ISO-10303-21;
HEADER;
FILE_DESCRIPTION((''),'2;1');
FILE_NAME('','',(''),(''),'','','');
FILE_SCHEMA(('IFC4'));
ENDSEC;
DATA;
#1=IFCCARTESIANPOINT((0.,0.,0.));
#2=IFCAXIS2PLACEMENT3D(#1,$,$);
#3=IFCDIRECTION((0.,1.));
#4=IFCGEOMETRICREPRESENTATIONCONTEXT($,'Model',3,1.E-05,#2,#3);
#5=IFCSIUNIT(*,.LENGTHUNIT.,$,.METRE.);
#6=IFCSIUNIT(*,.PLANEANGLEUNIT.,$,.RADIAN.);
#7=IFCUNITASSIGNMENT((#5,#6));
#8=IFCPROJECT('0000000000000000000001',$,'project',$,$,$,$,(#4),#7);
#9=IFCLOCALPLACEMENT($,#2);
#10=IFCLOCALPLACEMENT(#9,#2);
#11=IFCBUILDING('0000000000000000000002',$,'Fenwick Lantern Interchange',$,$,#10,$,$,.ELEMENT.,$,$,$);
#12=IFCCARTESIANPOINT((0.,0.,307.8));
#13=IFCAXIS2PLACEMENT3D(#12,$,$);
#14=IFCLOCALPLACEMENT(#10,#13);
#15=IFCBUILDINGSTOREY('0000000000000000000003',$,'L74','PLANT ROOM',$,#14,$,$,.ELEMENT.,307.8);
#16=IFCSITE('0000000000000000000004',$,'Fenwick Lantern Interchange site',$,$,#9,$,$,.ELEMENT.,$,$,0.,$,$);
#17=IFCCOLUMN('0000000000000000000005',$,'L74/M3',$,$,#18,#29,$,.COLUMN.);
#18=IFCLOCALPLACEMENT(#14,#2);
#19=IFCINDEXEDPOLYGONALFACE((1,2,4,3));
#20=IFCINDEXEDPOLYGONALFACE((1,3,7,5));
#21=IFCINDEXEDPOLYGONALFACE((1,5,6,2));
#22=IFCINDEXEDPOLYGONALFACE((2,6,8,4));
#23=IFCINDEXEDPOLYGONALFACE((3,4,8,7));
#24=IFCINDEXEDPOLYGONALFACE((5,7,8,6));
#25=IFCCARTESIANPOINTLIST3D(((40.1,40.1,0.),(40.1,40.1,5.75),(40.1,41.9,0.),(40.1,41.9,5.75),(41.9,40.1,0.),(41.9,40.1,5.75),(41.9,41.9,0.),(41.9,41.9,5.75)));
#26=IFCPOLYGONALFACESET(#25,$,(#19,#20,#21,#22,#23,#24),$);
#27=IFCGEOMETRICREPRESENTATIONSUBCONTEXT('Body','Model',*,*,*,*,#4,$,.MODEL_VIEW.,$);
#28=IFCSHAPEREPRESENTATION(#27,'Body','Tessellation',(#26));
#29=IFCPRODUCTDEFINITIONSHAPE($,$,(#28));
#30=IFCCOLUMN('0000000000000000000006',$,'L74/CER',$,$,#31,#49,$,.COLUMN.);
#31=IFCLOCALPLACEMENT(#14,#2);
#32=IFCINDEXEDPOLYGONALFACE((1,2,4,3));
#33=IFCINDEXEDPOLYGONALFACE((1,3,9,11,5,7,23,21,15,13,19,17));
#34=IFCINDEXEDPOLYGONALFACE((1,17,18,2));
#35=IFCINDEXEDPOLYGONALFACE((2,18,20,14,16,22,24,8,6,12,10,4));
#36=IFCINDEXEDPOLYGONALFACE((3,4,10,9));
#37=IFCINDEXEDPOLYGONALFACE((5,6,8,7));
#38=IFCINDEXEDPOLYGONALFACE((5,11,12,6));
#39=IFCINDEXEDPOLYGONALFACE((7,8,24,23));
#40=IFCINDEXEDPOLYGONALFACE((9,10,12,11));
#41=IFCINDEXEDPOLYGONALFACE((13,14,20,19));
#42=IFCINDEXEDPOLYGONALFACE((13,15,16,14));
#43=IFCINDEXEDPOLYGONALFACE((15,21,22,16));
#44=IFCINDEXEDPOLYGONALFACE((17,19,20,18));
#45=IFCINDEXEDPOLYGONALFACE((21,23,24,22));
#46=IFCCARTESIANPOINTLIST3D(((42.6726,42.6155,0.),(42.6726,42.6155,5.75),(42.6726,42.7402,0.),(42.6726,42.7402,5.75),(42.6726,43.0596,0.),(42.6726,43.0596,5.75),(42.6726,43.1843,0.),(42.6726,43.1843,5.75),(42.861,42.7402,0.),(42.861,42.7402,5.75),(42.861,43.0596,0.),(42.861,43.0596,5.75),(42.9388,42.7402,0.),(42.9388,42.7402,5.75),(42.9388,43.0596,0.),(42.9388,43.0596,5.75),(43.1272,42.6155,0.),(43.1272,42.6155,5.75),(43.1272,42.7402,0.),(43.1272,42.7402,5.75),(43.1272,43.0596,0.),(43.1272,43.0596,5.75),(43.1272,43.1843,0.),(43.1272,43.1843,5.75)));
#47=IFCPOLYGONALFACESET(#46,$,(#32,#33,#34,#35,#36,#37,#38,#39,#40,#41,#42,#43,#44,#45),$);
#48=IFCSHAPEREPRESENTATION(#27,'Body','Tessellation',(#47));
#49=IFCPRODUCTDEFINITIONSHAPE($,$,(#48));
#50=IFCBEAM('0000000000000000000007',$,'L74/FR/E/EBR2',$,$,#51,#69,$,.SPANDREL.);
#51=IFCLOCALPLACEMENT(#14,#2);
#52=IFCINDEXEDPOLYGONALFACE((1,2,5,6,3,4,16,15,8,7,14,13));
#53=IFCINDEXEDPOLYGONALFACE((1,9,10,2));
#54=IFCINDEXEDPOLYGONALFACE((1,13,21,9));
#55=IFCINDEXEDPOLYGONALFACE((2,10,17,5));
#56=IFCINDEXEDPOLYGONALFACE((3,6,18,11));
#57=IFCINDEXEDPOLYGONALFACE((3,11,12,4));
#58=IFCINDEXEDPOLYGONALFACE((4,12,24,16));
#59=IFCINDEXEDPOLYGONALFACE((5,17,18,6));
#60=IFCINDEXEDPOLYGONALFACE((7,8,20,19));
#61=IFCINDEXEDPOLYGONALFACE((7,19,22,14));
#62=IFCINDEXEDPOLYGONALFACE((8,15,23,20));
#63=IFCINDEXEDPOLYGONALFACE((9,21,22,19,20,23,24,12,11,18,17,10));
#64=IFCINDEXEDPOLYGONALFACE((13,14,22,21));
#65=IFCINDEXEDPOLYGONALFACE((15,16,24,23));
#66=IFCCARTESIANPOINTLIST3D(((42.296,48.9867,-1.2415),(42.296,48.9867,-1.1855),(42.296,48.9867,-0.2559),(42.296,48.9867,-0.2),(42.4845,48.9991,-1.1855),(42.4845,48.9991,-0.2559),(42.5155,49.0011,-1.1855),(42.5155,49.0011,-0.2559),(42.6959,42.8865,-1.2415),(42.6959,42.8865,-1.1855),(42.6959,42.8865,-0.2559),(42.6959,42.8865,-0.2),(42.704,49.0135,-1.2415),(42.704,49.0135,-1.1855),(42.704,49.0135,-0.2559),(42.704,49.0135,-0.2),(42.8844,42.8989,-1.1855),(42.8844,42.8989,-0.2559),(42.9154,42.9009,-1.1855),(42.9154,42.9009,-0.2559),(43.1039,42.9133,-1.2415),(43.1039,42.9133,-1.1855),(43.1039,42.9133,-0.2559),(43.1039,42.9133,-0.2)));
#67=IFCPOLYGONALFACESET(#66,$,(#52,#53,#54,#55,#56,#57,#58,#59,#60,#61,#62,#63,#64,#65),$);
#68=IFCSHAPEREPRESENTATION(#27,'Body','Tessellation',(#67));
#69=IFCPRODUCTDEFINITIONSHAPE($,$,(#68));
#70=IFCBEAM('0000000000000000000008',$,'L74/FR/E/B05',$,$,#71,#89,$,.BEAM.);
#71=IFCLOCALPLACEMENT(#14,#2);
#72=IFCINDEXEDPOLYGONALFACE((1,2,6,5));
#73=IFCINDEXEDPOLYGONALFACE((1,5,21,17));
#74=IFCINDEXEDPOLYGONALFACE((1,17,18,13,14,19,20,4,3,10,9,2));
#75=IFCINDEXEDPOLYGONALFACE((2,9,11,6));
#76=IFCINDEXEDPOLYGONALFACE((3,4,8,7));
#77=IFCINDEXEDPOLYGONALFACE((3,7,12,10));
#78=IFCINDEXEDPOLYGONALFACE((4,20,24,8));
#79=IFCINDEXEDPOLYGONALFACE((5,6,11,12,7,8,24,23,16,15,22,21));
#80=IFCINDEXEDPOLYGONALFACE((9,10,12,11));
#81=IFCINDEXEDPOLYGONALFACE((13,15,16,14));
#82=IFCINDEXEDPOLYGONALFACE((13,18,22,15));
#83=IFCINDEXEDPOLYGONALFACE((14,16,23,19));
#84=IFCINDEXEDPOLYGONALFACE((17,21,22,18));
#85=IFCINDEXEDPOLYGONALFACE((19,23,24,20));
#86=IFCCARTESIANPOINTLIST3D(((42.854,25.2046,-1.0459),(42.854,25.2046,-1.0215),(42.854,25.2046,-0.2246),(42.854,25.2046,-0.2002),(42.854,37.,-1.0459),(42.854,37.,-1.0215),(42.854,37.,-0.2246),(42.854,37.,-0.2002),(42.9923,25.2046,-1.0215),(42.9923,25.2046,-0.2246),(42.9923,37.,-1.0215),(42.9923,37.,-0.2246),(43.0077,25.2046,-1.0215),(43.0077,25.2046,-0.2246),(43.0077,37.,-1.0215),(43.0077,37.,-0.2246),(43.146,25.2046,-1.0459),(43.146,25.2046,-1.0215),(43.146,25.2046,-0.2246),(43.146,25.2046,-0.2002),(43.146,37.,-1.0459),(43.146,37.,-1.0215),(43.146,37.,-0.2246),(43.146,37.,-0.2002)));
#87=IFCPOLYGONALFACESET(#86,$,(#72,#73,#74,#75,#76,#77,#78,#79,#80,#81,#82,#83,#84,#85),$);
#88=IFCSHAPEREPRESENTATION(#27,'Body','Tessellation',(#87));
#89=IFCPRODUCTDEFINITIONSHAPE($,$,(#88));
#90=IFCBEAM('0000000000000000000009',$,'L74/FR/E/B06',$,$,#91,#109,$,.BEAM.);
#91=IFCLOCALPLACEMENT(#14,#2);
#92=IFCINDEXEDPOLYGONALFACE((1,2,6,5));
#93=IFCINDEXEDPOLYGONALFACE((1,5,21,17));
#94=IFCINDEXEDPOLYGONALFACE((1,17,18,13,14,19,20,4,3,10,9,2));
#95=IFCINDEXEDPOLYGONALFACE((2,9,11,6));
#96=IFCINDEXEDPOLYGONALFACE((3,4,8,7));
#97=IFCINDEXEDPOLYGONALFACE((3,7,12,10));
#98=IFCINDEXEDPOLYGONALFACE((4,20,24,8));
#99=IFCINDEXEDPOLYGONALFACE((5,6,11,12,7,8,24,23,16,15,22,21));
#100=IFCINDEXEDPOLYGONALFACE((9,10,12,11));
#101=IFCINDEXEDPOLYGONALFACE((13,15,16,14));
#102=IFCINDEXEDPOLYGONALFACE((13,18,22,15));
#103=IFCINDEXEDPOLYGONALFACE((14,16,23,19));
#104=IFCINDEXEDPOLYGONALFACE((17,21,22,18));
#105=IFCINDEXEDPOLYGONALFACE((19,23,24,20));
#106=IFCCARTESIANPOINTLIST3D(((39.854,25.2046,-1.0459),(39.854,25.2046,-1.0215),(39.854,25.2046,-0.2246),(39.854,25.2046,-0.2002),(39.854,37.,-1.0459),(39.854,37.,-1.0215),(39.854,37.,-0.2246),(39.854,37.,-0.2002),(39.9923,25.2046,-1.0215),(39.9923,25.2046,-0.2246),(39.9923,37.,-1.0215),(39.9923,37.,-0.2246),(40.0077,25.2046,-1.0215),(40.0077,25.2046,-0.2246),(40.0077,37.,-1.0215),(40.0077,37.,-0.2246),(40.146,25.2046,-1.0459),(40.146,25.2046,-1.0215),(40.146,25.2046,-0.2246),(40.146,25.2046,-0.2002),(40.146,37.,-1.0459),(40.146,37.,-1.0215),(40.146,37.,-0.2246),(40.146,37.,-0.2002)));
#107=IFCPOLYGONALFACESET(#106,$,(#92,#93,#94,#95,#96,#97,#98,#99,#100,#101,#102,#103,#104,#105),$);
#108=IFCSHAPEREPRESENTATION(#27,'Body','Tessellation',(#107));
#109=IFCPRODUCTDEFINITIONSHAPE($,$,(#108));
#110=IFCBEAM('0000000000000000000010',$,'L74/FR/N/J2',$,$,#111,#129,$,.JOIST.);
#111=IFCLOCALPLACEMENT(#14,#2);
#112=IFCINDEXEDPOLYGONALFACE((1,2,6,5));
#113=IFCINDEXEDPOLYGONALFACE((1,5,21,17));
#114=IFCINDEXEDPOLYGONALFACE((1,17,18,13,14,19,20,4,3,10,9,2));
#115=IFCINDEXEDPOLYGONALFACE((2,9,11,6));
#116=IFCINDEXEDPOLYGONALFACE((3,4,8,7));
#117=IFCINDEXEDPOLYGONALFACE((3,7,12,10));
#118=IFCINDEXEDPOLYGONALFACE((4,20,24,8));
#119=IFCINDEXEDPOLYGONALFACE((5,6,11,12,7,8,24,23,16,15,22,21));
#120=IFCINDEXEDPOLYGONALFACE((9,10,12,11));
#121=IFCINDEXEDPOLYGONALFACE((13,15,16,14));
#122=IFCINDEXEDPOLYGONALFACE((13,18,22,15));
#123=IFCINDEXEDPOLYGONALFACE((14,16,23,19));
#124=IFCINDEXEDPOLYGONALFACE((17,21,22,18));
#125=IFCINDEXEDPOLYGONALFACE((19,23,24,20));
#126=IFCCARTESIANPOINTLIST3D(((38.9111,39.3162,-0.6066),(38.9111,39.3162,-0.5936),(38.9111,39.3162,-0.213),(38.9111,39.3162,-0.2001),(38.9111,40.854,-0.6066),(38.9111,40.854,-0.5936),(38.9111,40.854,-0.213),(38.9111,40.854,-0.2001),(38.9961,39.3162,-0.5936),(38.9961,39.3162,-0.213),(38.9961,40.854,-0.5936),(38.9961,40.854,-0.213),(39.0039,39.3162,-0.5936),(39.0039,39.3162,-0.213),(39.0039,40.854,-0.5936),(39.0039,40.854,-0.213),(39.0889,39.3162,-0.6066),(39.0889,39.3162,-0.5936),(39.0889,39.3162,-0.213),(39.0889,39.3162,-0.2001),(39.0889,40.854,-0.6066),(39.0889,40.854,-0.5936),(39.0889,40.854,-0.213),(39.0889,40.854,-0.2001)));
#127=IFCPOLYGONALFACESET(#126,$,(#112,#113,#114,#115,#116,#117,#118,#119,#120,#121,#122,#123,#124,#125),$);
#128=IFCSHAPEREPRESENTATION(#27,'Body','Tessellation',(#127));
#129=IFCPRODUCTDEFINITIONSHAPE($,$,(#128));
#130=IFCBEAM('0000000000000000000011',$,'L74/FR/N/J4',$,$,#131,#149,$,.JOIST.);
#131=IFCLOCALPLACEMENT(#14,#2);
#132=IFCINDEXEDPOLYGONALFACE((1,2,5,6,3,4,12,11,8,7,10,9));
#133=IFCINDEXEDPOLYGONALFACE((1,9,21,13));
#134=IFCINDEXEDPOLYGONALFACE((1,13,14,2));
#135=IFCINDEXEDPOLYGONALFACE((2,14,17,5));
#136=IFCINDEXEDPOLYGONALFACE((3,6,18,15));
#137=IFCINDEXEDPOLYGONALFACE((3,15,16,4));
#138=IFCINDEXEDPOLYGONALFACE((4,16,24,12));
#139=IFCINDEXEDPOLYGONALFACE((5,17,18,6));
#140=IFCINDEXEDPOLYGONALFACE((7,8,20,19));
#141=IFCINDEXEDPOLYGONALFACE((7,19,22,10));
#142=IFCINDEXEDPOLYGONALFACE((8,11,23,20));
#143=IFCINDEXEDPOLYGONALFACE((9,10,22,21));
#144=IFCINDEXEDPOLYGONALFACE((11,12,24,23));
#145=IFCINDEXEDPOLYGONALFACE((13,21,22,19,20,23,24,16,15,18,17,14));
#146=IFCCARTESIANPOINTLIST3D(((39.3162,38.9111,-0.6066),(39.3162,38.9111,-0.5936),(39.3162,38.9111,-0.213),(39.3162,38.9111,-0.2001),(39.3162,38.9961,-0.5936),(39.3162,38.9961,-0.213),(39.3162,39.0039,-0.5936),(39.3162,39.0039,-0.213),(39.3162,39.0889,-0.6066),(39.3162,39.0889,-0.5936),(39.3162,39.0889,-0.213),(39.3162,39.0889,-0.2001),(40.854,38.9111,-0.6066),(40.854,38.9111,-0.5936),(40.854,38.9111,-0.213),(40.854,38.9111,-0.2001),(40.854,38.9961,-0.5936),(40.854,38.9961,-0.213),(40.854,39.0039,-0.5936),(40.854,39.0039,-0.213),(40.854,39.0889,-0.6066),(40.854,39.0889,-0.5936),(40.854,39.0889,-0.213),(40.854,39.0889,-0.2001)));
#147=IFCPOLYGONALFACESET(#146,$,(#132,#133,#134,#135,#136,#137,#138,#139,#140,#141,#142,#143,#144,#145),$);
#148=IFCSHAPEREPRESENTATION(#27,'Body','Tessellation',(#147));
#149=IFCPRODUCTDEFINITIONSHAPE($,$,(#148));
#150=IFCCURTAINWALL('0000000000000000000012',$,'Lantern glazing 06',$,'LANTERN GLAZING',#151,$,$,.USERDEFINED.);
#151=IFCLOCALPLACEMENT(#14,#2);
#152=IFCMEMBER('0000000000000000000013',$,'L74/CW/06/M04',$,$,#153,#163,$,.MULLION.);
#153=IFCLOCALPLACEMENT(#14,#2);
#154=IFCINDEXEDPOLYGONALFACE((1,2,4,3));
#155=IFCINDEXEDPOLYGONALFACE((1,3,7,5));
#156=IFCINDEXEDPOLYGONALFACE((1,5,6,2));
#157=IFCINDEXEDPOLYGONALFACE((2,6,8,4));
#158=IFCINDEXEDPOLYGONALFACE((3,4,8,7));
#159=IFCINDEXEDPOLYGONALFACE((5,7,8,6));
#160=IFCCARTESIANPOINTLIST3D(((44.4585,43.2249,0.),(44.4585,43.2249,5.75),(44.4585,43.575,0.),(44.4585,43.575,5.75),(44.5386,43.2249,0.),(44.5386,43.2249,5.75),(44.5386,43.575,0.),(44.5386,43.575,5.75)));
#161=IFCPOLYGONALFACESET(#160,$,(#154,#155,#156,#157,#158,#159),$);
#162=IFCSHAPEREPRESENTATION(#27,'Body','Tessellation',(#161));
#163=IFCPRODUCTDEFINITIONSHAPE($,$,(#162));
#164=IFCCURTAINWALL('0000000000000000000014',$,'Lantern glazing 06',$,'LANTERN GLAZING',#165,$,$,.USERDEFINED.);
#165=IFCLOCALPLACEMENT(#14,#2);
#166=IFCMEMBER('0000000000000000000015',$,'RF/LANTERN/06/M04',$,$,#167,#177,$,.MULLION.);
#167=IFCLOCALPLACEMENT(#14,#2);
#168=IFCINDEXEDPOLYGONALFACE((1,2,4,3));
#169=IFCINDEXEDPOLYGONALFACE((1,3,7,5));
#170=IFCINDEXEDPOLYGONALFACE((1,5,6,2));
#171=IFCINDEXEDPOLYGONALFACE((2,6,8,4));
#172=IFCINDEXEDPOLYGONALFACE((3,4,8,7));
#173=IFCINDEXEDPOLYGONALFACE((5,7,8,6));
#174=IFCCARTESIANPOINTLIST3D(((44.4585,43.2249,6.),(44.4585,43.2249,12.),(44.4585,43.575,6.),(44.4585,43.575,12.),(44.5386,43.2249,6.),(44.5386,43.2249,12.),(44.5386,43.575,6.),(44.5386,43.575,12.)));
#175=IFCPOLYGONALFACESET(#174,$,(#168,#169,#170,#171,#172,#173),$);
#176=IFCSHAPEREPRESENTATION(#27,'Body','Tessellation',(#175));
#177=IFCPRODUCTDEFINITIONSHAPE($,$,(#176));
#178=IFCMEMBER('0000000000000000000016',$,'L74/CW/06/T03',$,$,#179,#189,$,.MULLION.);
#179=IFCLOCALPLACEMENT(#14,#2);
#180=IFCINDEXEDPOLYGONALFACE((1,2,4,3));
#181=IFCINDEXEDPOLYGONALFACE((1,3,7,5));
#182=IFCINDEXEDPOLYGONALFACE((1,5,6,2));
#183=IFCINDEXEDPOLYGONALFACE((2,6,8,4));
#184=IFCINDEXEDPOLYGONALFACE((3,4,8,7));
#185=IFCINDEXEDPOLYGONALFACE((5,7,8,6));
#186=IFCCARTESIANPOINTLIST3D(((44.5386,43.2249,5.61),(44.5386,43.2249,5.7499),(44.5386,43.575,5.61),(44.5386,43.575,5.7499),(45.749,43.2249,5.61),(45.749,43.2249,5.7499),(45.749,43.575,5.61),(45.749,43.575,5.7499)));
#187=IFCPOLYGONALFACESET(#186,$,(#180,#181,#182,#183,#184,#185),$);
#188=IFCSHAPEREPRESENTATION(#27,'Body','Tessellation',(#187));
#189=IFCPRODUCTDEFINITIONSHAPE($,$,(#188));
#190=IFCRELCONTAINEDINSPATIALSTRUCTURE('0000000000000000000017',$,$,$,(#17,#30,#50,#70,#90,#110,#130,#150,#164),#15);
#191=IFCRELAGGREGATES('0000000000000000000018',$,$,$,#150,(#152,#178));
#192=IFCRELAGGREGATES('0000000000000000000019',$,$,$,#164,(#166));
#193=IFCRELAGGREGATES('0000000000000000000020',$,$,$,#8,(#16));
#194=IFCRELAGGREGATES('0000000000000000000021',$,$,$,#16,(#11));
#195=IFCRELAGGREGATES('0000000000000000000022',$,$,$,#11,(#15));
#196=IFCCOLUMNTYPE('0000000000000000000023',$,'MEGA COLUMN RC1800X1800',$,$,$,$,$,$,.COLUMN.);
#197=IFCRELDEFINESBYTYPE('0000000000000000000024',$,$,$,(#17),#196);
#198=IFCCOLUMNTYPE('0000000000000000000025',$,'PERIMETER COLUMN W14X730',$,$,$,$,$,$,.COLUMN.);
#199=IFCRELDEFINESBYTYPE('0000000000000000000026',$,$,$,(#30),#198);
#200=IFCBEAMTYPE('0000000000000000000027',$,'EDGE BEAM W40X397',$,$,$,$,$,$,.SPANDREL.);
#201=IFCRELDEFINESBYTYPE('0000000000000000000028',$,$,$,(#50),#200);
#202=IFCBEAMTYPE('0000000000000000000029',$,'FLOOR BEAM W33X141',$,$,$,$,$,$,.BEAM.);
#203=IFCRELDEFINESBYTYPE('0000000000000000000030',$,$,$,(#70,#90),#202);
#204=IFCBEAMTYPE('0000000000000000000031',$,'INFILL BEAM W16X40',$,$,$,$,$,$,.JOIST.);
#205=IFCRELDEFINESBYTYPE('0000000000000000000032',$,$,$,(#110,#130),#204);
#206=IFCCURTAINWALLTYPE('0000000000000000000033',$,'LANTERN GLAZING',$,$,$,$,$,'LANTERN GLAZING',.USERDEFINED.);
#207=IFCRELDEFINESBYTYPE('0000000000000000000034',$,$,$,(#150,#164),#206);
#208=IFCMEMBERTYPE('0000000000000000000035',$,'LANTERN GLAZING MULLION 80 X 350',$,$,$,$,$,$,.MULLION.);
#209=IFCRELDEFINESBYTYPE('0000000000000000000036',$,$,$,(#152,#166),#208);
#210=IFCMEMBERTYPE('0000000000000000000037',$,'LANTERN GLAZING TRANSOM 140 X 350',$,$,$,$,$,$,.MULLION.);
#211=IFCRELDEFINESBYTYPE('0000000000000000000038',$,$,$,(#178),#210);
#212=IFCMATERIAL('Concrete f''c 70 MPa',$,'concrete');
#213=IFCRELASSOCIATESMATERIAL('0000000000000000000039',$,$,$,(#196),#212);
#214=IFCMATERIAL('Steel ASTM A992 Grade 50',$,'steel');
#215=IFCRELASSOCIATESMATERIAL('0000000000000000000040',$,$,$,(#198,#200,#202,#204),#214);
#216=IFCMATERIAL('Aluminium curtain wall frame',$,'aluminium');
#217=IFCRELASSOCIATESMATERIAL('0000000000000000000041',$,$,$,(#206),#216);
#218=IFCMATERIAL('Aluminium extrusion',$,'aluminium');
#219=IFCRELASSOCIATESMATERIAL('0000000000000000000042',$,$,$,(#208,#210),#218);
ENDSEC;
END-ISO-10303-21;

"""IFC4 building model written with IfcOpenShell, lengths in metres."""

from ifc_helpers import new_model, si_unit, direction, frame, origin, origin_2d, place, context, subcontext, project, spatial, rectangle, i_section, extrude, material, material_profile, profile_set, type_object, element, aggregate, save


model = new_model("IFC4")

# Units and contexts
model_context = context("Model", 3, precision=1e-05, world=origin(), true_north=direction((0.0, 1.0)))
body_context = subcontext(model_context, "Body", "Model", "MODEL_VIEW")
ifc_project = project(units=[si_unit("LENGTHUNIT", "METRE"), si_unit("PLANEANGLEUNIT", "RADIAN")], contexts=[model_context])

# Site, building, storey
site_placement = place(None, origin())
site = spatial("IfcSite", under=ifc_project, at=site_placement, Name="Fenwick Lantern Interchange site", CompositionType="ELEMENT", RefElevation=0.0)
building_placement = place(site_placement, origin())
building = spatial("IfcBuilding", under=site, at=building_placement, Name="Fenwick Lantern Interchange", CompositionType="ELEMENT")
storey_placement = place(building_placement, frame((0.0, 0.0, 307.8)))
storey = spatial("IfcBuildingStorey", under=building, at=storey_placement, Name="L74", Description="PLANT ROOM", CompositionType="ELEMENT", Elevation=307.8)

# Columns
ifc_material_1 = material(Name="Concrete f'c 70 MPa", Category="concrete")
ifc_material_profile_1 = material_profile(ifc_material_1, rectangle(XDim=1.8, YDim=1.8, at=origin_2d()), Name="RC1800X1800")
ifc_profile_set_1 = profile_set([ifc_material_profile_1], Name="Concrete f'c 70 MPa")
column_type_1 = type_object("IfcColumnType", Name="MEGA COLUMN RC1800X1800", PredefinedType="COLUMN", material=ifc_profile_set_1)
column_1_placement = place(storey_placement, frame((41.0, 41.0, 0.0), z_axis=(0.0, 0.0, 1.0), x_axis=(1.0, 0.0, 0.0)))
element("IfcColumn", 1, at=column_1_placement, inside=storey, type_object=column_type_1, Name="L74/M3", PredefinedType="COLUMN", context=body_context, shape_type="SweptSolid", body=[
    extrude(rectangle(XDim=1.8, YDim=1.8, at=origin_2d()), origin(), (0.0, 0.0, 1.0), 5.75),
])
ifc_material_2 = material(Name="Steel ASTM A992 Grade 50", Category="steel")
ifc_material_profile_2 = material_profile(ifc_material_2, i_section(OverallWidth=0.4546, OverallDepth=0.5688, WebThickness=0.0779, FlangeThickness=0.1248, at=origin_2d()), Name="W14X730")
ifc_profile_set_2 = profile_set([ifc_material_profile_2], Name="Steel ASTM A992 Grade 50")
column_type_2 = type_object("IfcColumnType", Name="PERIMETER COLUMN W14X730", PredefinedType="COLUMN", material=ifc_profile_set_2)
column_2_placement = place(storey_placement, frame((42.8999, 42.8999, 0.0), z_axis=(0.0, 0.0, 1.0), x_axis=(1.0, 0.0, 0.0)))
element("IfcColumn", 2, at=column_2_placement, inside=storey, type_object=column_type_2, Name="L74/CER", PredefinedType="COLUMN", context=body_context, shape_type="SweptSolid", body=[
    extrude(i_section(OverallWidth=0.4546, OverallDepth=0.5688, WebThickness=0.0779, FlangeThickness=0.1248, at=origin_2d()), origin(), (0.0, 0.0, 1.0), 5.75),
])

# Beams
ifc_material_profile_3 = material_profile(ifc_material_2, i_section(OverallWidth=0.4089, OverallDepth=1.0415, WebThickness=0.031, FlangeThickness=0.0559, at=origin_2d()), Name="W40X397")
ifc_profile_set_3 = profile_set([ifc_material_profile_3], Name="Steel ASTM A992 Grade 50")
beam_type_1 = type_object("IfcBeamType", Name="EDGE BEAM W40X397", PredefinedType="SPANDREL", material=ifc_profile_set_3)
beam_1_placement = place(storey_placement, frame((42.8999, 42.8999, -0.7207), z_axis=(-0.065416, 0.997858, 0.0), x_axis=(-0.997858, -0.065416, 0.0)))
element("IfcBeam", 3, at=beam_1_placement, inside=storey, type_object=beam_type_1, Name="L74/FR/E/EBR2", PredefinedType="SPANDREL", context=body_context, shape_type="SweptSolid", body=[
    extrude(i_section(OverallWidth=0.4089, OverallDepth=1.0415, WebThickness=0.031, FlangeThickness=0.0559, at=origin_2d()), origin(), (0.0, 0.0, 1.0), 6.1133),
])
ifc_material_profile_4 = material_profile(ifc_material_2, i_section(OverallWidth=0.292, OverallDepth=0.8457, WebThickness=0.0154, FlangeThickness=0.0244, at=origin_2d()), Name="W33X141")
ifc_profile_set_4 = profile_set([ifc_material_profile_4], Name="Steel ASTM A992 Grade 50")
beam_type_2 = type_object("IfcBeamType", Name="FLOOR BEAM W33X141", PredefinedType="BEAM", material=ifc_profile_set_4)
for number, where, z_axis, x_axis, name in (
    (4, (43.0, 25.2046, -0.623), (0.0, 1.0, 0.0), (-1.0, 0.0, 0.0), "L74/FR/E/B05"),
    (5, (40.0, 25.2046, -0.623), (0.0, 1.0, 0.0), (-1.0, 0.0, 0.0), "L74/FR/E/B06"),
):
    element("IfcBeam", number, at=place(storey_placement, frame(where, z_axis=z_axis, x_axis=x_axis)), inside=storey, type_object=beam_type_2, Name=name, PredefinedType="BEAM", context=body_context, shape_type="SweptSolid", body=[
        extrude(i_section(OverallWidth=0.292, OverallDepth=0.8457, WebThickness=0.0154, FlangeThickness=0.0244, at=origin_2d()), origin(), (0.0, 0.0, 1.0), 11.7954),
    ])
ifc_material_profile_5 = material_profile(ifc_material_2, i_section(OverallWidth=0.1777, OverallDepth=0.4065, WebThickness=0.0078, FlangeThickness=0.0129, at=origin_2d()), Name="W16X40")
ifc_profile_set_5 = profile_set([ifc_material_profile_5], Name="Steel ASTM A992 Grade 50")
beam_type_3 = type_object("IfcBeamType", Name="INFILL BEAM W16X40", PredefinedType="JOIST", material=ifc_profile_set_5)
for number, where, z_axis, x_axis, name in (
    (6, (39.0, 40.854, -0.4033), (0.0, -1.0, 0.0), (1.0, 0.0, 0.0), "L74/FR/N/J2"),
    (7, (40.854, 39.0, -0.4033), (-1.0, 0.0, 0.0), (0.0, -1.0, 0.0), "L74/FR/N/J4"),
):
    element("IfcBeam", number, at=place(storey_placement, frame(where, z_axis=z_axis, x_axis=x_axis)), inside=storey, type_object=beam_type_3, Name=name, PredefinedType="JOIST", context=body_context, shape_type="SweptSolid", body=[
        extrude(i_section(OverallWidth=0.1777, OverallDepth=0.4065, WebThickness=0.0078, FlangeThickness=0.0129, at=origin_2d()), origin(), (0.0, 0.0, 1.0), 1.5378),
    ])

# Curtain walls, members
ifc_material_3 = material(Name="Aluminium curtain wall frame", Category="aluminium")
curtain_wall_type = type_object("IfcCurtainWallType", Name="LANTERN GLAZING", ElementType="LANTERN GLAZING", PredefinedType="USERDEFINED", material=ifc_material_3)
curtain_wall_1_placement = place(storey_placement, origin())
curtain_wall_1 = element("IfcCurtainWall", 8, at=curtain_wall_1_placement, inside=storey, type_object=curtain_wall_type, Name="Lantern glazing 06", ObjectType="LANTERN GLAZING", PredefinedType="USERDEFINED")
ifc_material_4 = material(Name="Aluminium extrusion", Category="aluminium")
ifc_material_profile_6 = material_profile(ifc_material_4, rectangle(XDim=0.3501, YDim=0.0801, at=origin_2d()), Name="LANTERN GLAZING MULLION 80 X 350")
ifc_profile_set_6 = profile_set([ifc_material_profile_6], Name="Aluminium extrusion")
member_type_1 = type_object("IfcMemberType", Name="LANTERN GLAZING MULLION 80 X 350", PredefinedType="MULLION", material=ifc_profile_set_6)
member_1_placement = place(storey_placement, frame((44.4985, 43.3999, 0.0), z_axis=(0.0, 0.0, 1.0), x_axis=(0.0, -1.0, 0.0)))
member_1 = element("IfcMember", 9, at=member_1_placement, type_object=member_type_1, Name="L74/CW/06/M04", PredefinedType="MULLION", context=body_context, shape_type="SweptSolid", body=[
    extrude(rectangle(XDim=0.3501, YDim=0.0801, at=origin_2d()), origin(), (0.0, 0.0, 1.0), 5.75),
])
curtain_wall_2_placement = place(storey_placement, origin())
curtain_wall_2 = element("IfcCurtainWall", 10, at=curtain_wall_2_placement, inside=storey, type_object=curtain_wall_type, Name="Lantern glazing 06", ObjectType="LANTERN GLAZING", PredefinedType="USERDEFINED")
member_2_placement = place(storey_placement, frame((44.4985, 43.3999, 6.0), z_axis=(0.0, 0.0, 1.0), x_axis=(0.0, -1.0, 0.0)))
member_2 = element("IfcMember", 11, at=member_2_placement, type_object=member_type_1, Name="RF/LANTERN/06/M04", PredefinedType="MULLION", context=body_context, shape_type="SweptSolid", body=[
    extrude(rectangle(XDim=0.3501, YDim=0.0801, at=origin_2d()), origin(), (0.0, 0.0, 1.0), 6.0),
])

# Member
ifc_material_profile_7 = material_profile(ifc_material_4, rectangle(XDim=0.3501, YDim=0.1399, at=origin_2d()), Name="LANTERN GLAZING TRANSOM 140 X 350")
ifc_profile_set_7 = profile_set([ifc_material_profile_7], Name="Aluminium extrusion")
member_type_2 = type_object("IfcMemberType", Name="LANTERN GLAZING TRANSOM 140 X 350", PredefinedType="MULLION", material=ifc_profile_set_7)
member_3_placement = place(storey_placement, frame((45.749, 43.3999, 5.6799), z_axis=(-1.0, 0.0, 0.0), x_axis=(0.0, -1.0, 0.0)))
member_3 = element("IfcMember", 12, at=member_3_placement, type_object=member_type_2, Name="L74/CW/06/T03", PredefinedType="MULLION", context=body_context, shape_type="SweptSolid", body=[
    extrude(rectangle(XDim=0.3501, YDim=0.1399, at=origin_2d()), origin(), (0.0, 0.0, 1.0), 1.2104),
])

aggregate(curtain_wall_1, [member_1, member_3])
aggregate(curtain_wall_2, [member_2])

save(model, "model.ifc")
